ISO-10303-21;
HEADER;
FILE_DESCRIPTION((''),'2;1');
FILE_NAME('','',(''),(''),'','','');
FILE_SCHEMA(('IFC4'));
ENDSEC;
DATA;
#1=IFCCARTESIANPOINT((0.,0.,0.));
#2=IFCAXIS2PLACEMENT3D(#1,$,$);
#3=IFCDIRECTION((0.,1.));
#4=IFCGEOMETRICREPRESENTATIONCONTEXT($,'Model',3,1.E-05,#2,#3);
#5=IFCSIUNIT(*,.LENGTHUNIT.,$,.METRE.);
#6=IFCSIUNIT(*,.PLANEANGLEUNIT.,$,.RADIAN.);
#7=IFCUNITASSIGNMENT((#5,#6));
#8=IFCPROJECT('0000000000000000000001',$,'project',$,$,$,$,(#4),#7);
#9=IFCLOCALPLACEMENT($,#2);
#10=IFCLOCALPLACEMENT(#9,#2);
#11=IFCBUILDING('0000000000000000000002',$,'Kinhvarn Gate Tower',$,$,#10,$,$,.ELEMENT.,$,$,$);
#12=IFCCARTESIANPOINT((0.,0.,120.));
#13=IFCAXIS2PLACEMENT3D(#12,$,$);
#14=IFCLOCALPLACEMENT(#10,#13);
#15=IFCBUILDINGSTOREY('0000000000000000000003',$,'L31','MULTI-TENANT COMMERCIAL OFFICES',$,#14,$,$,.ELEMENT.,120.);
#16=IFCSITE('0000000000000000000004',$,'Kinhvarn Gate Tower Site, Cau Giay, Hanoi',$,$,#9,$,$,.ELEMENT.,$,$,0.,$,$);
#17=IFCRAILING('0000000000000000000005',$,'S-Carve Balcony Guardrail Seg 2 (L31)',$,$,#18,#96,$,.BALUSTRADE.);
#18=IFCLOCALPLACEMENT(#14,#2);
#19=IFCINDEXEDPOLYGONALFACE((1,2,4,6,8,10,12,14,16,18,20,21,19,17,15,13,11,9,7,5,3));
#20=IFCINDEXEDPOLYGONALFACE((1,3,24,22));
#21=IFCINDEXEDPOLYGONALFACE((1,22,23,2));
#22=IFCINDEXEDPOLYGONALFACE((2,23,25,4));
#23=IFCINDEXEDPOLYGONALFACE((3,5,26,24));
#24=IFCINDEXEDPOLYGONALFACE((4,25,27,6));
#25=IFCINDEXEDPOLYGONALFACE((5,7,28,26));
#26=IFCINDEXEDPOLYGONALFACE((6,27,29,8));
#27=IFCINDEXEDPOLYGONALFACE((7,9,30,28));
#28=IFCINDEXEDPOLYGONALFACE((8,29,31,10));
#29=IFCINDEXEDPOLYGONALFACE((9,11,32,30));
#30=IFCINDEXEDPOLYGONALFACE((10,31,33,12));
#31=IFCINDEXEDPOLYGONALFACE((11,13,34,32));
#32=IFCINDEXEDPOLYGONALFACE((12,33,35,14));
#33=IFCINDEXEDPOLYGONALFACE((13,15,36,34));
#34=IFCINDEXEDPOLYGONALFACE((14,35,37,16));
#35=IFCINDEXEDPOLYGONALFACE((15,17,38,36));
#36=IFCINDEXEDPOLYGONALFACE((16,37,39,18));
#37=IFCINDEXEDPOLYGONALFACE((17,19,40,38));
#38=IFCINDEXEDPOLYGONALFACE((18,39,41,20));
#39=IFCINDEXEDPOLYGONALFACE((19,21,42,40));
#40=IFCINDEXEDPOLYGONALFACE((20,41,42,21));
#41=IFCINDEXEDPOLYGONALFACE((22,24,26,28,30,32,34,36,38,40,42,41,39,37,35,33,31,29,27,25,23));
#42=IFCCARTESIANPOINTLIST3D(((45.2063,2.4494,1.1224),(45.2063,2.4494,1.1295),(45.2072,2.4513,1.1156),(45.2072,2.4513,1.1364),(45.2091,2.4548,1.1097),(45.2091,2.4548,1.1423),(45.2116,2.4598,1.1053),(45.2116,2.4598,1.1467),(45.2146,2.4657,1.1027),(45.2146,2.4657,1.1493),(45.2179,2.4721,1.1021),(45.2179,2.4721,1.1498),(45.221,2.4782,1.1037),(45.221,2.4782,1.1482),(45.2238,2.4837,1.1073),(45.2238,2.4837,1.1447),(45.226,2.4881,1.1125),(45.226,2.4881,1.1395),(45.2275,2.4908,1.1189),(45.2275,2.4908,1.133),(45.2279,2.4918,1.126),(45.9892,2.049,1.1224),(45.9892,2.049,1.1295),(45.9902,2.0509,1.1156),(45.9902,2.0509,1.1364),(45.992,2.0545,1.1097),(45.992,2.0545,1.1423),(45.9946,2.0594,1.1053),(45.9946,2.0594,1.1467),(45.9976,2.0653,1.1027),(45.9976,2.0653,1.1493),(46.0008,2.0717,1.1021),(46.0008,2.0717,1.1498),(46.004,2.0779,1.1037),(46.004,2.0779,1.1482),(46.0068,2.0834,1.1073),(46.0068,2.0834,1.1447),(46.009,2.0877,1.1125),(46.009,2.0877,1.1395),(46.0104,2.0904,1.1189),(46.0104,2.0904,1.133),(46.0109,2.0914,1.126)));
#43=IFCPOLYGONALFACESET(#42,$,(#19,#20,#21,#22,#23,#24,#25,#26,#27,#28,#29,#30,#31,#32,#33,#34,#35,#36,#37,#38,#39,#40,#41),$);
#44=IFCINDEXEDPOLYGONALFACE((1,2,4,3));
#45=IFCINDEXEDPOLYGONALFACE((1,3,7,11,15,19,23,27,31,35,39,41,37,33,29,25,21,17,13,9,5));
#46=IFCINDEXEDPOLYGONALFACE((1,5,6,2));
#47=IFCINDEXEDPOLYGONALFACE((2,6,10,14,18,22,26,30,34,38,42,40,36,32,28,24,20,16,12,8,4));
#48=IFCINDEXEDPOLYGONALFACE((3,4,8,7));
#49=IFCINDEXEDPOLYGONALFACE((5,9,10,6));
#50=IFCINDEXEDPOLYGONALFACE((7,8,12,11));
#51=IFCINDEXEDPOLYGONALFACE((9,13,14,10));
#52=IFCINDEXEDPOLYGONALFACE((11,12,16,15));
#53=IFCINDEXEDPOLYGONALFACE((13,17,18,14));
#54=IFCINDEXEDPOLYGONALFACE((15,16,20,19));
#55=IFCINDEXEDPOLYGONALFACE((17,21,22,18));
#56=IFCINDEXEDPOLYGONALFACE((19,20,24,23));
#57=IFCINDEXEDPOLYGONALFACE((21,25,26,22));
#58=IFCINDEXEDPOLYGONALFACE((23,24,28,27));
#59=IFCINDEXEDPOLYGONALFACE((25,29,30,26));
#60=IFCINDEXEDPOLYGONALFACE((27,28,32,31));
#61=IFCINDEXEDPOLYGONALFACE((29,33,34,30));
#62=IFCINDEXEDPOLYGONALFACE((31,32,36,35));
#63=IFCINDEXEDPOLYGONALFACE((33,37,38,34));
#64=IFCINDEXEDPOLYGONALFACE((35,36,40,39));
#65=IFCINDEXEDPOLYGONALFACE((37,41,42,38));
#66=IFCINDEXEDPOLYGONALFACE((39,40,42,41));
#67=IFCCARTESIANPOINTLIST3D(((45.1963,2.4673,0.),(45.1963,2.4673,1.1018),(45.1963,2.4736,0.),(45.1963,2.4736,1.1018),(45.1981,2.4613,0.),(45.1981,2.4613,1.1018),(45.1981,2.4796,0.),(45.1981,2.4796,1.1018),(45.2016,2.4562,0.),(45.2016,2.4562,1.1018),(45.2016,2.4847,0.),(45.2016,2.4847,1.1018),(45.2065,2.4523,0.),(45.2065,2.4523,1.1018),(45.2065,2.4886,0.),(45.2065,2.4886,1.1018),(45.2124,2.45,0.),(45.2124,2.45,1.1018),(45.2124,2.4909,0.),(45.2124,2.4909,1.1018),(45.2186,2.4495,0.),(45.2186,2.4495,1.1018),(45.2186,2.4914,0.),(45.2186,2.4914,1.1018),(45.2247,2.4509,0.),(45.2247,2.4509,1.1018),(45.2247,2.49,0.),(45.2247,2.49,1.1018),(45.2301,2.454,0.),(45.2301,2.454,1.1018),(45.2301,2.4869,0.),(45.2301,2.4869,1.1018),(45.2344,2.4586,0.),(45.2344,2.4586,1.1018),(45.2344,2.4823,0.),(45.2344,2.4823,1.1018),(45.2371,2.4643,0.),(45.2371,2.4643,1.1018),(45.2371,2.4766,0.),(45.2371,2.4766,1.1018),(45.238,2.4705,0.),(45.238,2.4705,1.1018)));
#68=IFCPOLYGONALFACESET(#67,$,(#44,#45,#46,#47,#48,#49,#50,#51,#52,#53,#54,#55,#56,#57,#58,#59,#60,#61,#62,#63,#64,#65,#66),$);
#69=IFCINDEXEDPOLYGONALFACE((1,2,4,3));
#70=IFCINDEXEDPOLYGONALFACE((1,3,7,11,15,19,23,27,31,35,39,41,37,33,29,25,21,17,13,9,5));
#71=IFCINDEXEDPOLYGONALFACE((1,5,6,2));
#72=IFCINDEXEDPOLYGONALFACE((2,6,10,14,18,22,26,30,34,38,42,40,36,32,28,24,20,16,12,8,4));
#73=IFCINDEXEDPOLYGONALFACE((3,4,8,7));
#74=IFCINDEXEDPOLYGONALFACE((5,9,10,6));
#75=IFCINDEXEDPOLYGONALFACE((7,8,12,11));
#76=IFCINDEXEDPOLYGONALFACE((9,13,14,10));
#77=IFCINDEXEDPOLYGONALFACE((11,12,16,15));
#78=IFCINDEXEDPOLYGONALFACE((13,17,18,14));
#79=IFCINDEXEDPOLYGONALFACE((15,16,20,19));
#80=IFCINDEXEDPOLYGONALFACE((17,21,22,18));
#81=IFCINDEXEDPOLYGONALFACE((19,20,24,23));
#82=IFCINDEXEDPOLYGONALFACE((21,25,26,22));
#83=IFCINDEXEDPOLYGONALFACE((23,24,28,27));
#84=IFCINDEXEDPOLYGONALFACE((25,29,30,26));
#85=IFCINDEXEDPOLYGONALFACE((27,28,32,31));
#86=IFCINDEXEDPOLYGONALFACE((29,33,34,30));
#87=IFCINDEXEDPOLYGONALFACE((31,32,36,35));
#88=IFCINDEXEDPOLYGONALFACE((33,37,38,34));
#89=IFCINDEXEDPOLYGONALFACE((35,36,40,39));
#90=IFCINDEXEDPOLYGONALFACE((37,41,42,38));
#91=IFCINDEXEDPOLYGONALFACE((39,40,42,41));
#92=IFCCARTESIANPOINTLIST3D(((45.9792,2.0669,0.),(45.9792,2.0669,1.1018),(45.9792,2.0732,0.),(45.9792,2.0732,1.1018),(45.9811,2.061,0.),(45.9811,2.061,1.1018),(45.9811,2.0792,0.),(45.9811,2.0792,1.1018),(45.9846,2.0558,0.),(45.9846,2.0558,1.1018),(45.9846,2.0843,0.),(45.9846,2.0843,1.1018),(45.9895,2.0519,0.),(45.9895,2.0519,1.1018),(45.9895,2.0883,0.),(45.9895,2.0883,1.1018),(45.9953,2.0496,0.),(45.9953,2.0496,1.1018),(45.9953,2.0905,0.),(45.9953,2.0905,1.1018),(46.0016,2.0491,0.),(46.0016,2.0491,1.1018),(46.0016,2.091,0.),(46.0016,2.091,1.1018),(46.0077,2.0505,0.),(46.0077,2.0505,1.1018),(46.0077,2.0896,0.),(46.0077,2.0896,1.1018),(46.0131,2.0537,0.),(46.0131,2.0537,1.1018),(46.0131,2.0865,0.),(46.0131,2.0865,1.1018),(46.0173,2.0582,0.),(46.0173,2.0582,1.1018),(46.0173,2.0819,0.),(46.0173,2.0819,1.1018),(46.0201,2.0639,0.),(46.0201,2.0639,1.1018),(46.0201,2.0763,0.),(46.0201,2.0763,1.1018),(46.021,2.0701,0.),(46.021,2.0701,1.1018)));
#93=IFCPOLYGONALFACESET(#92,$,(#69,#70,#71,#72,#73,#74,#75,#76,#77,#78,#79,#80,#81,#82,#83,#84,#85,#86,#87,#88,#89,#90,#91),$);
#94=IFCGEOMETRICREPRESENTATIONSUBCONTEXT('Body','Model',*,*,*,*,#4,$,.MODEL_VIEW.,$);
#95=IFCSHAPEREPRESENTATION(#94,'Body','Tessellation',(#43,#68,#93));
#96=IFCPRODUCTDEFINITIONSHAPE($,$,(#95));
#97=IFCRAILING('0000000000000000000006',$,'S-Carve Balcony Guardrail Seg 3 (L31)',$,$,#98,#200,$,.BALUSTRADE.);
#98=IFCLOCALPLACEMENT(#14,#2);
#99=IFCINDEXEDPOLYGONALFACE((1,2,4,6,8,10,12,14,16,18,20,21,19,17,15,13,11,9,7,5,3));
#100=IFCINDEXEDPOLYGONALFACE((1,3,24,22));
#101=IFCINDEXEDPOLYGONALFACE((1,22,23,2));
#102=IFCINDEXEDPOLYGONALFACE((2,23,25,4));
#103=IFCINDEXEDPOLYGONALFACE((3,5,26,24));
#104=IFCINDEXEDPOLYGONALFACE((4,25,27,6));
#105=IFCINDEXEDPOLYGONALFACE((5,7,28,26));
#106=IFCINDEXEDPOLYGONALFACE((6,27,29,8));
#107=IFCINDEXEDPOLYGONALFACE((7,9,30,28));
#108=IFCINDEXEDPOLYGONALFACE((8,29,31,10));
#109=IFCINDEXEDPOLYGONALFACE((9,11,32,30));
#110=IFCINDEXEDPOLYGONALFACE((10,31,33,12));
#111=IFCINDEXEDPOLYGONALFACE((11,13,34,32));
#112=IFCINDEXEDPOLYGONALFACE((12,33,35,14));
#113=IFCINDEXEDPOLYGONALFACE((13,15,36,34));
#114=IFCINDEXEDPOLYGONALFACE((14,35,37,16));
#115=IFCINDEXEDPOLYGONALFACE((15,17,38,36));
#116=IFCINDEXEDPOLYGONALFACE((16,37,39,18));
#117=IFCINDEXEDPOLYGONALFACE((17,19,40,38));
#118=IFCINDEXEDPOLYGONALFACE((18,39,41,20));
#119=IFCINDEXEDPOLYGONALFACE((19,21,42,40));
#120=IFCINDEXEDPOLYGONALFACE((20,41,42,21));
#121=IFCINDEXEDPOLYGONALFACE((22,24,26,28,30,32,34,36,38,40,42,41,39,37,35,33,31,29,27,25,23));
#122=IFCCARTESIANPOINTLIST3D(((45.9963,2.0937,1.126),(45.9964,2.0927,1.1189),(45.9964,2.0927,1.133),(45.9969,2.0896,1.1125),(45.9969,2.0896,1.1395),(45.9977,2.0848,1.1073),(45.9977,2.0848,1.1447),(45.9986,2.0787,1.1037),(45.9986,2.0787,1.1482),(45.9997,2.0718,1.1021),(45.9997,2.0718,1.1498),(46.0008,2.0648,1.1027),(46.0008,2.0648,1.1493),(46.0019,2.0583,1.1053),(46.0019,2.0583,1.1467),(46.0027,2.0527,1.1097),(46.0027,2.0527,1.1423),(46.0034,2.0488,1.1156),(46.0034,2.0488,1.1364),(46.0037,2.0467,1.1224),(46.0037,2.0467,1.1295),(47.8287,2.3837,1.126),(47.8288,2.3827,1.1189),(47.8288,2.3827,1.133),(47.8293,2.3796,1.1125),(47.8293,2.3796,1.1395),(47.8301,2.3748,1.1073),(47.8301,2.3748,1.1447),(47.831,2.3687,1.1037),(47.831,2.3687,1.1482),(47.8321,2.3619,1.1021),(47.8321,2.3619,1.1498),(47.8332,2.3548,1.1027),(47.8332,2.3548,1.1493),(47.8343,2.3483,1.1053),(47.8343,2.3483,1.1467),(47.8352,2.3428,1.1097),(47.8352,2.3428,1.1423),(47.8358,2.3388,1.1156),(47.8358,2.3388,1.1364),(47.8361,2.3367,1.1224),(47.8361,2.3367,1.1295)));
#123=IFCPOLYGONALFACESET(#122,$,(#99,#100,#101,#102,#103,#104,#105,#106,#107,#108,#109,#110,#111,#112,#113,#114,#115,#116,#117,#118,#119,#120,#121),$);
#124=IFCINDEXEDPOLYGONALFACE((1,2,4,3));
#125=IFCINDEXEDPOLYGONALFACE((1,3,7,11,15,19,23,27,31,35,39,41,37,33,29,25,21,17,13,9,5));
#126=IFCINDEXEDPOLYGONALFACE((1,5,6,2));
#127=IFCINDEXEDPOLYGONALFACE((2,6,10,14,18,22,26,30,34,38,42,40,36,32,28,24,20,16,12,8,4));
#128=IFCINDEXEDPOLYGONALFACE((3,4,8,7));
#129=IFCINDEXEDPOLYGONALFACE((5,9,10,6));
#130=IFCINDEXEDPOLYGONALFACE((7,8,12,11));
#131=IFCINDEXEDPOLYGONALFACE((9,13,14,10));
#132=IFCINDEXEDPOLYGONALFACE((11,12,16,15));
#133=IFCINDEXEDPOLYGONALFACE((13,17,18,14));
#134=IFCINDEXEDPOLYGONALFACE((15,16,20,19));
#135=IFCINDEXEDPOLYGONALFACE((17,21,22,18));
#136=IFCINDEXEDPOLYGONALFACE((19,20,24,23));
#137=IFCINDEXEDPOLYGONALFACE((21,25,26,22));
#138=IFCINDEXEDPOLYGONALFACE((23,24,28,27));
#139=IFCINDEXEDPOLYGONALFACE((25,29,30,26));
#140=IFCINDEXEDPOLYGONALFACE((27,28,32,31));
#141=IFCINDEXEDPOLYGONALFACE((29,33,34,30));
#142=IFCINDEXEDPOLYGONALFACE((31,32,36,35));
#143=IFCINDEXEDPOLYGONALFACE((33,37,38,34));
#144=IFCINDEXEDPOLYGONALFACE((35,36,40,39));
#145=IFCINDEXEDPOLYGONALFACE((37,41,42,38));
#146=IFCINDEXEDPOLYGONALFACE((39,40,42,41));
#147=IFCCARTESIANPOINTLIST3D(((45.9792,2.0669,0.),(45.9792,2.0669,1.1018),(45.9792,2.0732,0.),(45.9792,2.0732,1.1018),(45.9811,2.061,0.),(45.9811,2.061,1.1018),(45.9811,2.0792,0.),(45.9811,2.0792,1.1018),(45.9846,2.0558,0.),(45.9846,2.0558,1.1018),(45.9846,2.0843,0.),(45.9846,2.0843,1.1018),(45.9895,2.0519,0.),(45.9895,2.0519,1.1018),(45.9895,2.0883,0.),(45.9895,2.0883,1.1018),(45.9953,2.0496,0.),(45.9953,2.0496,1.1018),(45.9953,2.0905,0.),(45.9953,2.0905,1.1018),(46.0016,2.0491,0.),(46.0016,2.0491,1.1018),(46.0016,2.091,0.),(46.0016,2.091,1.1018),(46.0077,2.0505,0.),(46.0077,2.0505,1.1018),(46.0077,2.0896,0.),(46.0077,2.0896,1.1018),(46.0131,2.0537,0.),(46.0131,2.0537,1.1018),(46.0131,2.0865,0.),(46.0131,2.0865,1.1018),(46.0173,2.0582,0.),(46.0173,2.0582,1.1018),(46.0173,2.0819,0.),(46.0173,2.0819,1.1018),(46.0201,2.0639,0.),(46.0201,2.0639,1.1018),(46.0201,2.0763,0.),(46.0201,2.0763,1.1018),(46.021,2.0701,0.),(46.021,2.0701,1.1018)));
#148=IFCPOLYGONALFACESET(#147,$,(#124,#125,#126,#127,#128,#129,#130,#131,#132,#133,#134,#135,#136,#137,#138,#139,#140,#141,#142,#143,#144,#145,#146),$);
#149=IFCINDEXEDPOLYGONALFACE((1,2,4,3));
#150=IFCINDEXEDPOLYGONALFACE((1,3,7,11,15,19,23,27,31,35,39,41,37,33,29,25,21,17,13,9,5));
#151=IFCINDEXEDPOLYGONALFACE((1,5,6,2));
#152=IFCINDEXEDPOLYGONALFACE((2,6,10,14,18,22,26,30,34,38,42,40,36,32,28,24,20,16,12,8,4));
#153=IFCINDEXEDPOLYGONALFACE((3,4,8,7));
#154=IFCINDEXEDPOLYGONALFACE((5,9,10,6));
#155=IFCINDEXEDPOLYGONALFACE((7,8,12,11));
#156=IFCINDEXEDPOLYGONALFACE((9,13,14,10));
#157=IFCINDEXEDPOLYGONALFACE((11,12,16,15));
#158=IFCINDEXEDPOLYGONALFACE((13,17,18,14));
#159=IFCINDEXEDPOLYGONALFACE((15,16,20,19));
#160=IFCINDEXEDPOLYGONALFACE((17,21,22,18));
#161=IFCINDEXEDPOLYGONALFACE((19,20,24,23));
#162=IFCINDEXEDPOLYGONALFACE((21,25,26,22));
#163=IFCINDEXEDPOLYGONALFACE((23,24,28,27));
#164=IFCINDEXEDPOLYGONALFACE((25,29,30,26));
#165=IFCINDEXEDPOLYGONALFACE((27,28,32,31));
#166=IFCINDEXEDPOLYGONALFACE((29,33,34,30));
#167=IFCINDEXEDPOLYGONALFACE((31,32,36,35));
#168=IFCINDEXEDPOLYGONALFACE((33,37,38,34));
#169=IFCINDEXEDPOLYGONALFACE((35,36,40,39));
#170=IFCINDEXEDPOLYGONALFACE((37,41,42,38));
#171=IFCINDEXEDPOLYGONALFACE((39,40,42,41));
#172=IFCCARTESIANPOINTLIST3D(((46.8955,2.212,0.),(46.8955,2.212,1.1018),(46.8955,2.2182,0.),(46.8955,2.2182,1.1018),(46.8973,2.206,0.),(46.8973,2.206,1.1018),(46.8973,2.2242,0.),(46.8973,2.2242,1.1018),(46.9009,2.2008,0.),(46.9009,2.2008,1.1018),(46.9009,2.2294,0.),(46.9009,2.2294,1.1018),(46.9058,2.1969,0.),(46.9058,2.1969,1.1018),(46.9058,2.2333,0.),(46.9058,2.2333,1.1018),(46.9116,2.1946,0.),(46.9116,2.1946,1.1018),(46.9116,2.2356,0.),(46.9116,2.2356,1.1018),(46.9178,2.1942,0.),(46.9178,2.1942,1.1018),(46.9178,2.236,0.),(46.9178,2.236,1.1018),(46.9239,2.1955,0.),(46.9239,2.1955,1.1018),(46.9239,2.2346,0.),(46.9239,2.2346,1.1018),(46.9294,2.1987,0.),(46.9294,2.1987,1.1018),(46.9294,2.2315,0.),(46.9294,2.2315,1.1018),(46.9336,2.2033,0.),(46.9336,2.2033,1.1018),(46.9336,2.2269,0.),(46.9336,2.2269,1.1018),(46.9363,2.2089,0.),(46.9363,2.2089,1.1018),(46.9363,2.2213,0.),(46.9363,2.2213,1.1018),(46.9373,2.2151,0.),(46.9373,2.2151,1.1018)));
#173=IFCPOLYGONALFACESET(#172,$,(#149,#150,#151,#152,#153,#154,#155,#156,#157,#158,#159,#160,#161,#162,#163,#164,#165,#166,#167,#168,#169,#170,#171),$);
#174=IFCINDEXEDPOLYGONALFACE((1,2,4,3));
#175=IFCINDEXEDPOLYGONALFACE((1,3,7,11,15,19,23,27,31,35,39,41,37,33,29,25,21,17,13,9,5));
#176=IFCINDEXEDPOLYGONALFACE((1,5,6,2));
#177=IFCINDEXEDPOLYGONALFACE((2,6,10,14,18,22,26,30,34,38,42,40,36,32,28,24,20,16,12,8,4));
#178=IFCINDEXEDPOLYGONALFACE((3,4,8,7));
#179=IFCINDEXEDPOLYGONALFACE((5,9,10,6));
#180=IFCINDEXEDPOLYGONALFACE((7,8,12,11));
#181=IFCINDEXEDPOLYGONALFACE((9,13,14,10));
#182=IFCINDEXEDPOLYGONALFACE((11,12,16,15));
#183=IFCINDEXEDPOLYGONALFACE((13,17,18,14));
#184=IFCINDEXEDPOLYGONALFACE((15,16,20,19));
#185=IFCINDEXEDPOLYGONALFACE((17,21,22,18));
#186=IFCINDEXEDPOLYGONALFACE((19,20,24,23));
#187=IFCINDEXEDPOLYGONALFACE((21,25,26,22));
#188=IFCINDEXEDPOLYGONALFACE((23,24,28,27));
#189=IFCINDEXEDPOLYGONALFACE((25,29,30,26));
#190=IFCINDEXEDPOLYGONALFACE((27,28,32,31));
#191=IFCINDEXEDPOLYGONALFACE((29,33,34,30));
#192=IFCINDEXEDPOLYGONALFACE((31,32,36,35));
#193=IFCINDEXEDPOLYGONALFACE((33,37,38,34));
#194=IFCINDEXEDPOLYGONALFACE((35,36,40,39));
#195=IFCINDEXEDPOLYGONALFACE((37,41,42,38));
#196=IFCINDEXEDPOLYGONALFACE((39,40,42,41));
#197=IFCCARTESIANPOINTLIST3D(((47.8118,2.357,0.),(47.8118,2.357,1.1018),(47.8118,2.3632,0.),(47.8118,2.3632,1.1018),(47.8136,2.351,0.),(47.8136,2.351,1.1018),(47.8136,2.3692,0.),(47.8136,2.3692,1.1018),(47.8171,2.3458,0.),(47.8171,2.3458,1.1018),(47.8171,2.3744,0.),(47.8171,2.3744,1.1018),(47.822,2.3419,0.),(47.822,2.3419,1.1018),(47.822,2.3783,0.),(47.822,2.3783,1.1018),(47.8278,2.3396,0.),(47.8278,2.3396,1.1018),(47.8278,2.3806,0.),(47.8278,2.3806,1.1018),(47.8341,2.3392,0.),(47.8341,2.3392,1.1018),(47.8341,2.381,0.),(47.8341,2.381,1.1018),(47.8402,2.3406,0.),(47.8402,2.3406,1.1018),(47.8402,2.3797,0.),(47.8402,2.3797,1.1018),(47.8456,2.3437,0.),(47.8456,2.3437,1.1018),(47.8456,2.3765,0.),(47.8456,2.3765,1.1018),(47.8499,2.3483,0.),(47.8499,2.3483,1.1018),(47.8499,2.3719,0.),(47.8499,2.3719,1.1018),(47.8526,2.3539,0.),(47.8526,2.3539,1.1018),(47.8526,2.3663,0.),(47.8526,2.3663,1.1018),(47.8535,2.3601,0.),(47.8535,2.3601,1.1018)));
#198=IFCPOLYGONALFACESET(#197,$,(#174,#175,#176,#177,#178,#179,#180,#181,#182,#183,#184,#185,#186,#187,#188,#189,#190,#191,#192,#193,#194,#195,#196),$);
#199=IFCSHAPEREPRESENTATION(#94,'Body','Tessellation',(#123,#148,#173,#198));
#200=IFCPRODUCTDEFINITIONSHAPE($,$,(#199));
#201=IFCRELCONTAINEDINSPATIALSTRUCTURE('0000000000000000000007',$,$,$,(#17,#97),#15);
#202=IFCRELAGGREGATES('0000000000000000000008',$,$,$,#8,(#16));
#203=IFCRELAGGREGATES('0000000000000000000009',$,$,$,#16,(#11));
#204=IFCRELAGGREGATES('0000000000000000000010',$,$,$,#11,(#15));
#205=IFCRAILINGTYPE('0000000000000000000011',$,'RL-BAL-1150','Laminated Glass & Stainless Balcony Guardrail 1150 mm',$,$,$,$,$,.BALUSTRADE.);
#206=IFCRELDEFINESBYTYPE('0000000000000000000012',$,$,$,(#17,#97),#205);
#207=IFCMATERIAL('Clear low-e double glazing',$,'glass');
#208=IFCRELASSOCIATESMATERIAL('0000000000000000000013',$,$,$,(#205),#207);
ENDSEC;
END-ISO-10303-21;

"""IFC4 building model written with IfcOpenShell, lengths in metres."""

from ifc_helpers import new_model, si_unit, direction, frame, origin, origin_2d, place, context, subcontext, project, spatial, circle, extrude, material, type_object, element, save


model = new_model("IFC4")

# Units and contexts
model_context = context("Model", 3, precision=1e-05, world=origin(), true_north=direction((0.0, 1.0)))
body_context = subcontext(model_context, "Body", "Model", "MODEL_VIEW")
ifc_project = project(units=[si_unit("LENGTHUNIT", "METRE"), si_unit("PLANEANGLEUNIT", "RADIAN")], contexts=[model_context])

# Site, building, storey
site_placement = place(None, origin())
site = spatial("IfcSite", under=ifc_project, at=site_placement, Name="Kinhvarn Gate Tower Site, Cau Giay, Hanoi", CompositionType="ELEMENT", RefElevation=0.0)
building_placement = place(site_placement, origin())
building = spatial("IfcBuilding", under=site, at=building_placement, Name="Kinhvarn Gate Tower", CompositionType="ELEMENT")
storey_placement = place(building_placement, frame((0.0, 0.0, 120.0)))
storey = spatial("IfcBuildingStorey", under=building, at=storey_placement, Name="L31", Description="MULTI-TENANT COMMERCIAL OFFICES", CompositionType="ELEMENT", Elevation=120.0)

# Shared definitions
ifc_material_1 = material(Name="Clear low-e double glazing", Category="glass")

# Railings
railing_type = type_object("IfcRailingType", Name="RL-BAL-1150", Description="Laminated Glass & Stainless Balcony Guardrail 1150 mm", PredefinedType="BALUSTRADE", material=ifc_material_1)
railing_1_placement = place(storey_placement, frame((45.217, 2.4705, 0.0)))
element("IfcRailing", 1, at=railing_1_placement, inside=storey, type_object=railing_type, Name="S-Carve Balcony Guardrail Seg 2 (L31)", PredefinedType="BALUSTRADE", context=body_context, shape_type="SweptSolid", body=[
    extrude(circle(Radius=0.0239, at=origin_2d()), frame((0.0, 0.0, 1.126), z_axis=(0.890337, -0.455302, 0.0), x_axis=(0.455302, 0.890337, 0.0)), (0.0, 0.0, 1.0), 0.8794),
    extrude(circle(Radius=0.021, at=origin_2d()), origin(), (0.0, 0.0, 1.0), 1.1018),
    extrude(circle(Radius=0.021, at=origin_2d()), frame((0.783, -0.4004, 0.0)), (0.0, 0.0, 1.0), 1.1018),
])
railing_2_placement = place(storey_placement, frame((46.0, 2.0701, 0.0)))
element("IfcRailing", 2, at=railing_2_placement, inside=storey, type_object=railing_type, Name="S-Carve Balcony Guardrail Seg 3 (L31)", PredefinedType="BALUSTRADE", context=body_context, shape_type="SweptSolid", body=[
    extrude(circle(Radius=0.0239, at=origin_2d()), frame((0.0, 0.0, 1.126), z_axis=(0.987705, 0.156327, 0.0), x_axis=(-0.156327, 0.987705, 0.0)), (0.0, 0.0, 1.0), 1.8552),
    extrude(circle(Radius=0.021, at=origin_2d()), origin(), (0.0, 0.0, 1.0), 1.1018),
    extrude(circle(Radius=0.021, at=origin_2d()), frame((0.9163, 0.145, 0.0)), (0.0, 0.0, 1.0), 1.1018),
    extrude(circle(Radius=0.021, at=origin_2d()), frame((1.8325, 0.29, 0.0)), (0.0, 0.0, 1.0), 1.1018),
])

save(model, "model.ifc")
